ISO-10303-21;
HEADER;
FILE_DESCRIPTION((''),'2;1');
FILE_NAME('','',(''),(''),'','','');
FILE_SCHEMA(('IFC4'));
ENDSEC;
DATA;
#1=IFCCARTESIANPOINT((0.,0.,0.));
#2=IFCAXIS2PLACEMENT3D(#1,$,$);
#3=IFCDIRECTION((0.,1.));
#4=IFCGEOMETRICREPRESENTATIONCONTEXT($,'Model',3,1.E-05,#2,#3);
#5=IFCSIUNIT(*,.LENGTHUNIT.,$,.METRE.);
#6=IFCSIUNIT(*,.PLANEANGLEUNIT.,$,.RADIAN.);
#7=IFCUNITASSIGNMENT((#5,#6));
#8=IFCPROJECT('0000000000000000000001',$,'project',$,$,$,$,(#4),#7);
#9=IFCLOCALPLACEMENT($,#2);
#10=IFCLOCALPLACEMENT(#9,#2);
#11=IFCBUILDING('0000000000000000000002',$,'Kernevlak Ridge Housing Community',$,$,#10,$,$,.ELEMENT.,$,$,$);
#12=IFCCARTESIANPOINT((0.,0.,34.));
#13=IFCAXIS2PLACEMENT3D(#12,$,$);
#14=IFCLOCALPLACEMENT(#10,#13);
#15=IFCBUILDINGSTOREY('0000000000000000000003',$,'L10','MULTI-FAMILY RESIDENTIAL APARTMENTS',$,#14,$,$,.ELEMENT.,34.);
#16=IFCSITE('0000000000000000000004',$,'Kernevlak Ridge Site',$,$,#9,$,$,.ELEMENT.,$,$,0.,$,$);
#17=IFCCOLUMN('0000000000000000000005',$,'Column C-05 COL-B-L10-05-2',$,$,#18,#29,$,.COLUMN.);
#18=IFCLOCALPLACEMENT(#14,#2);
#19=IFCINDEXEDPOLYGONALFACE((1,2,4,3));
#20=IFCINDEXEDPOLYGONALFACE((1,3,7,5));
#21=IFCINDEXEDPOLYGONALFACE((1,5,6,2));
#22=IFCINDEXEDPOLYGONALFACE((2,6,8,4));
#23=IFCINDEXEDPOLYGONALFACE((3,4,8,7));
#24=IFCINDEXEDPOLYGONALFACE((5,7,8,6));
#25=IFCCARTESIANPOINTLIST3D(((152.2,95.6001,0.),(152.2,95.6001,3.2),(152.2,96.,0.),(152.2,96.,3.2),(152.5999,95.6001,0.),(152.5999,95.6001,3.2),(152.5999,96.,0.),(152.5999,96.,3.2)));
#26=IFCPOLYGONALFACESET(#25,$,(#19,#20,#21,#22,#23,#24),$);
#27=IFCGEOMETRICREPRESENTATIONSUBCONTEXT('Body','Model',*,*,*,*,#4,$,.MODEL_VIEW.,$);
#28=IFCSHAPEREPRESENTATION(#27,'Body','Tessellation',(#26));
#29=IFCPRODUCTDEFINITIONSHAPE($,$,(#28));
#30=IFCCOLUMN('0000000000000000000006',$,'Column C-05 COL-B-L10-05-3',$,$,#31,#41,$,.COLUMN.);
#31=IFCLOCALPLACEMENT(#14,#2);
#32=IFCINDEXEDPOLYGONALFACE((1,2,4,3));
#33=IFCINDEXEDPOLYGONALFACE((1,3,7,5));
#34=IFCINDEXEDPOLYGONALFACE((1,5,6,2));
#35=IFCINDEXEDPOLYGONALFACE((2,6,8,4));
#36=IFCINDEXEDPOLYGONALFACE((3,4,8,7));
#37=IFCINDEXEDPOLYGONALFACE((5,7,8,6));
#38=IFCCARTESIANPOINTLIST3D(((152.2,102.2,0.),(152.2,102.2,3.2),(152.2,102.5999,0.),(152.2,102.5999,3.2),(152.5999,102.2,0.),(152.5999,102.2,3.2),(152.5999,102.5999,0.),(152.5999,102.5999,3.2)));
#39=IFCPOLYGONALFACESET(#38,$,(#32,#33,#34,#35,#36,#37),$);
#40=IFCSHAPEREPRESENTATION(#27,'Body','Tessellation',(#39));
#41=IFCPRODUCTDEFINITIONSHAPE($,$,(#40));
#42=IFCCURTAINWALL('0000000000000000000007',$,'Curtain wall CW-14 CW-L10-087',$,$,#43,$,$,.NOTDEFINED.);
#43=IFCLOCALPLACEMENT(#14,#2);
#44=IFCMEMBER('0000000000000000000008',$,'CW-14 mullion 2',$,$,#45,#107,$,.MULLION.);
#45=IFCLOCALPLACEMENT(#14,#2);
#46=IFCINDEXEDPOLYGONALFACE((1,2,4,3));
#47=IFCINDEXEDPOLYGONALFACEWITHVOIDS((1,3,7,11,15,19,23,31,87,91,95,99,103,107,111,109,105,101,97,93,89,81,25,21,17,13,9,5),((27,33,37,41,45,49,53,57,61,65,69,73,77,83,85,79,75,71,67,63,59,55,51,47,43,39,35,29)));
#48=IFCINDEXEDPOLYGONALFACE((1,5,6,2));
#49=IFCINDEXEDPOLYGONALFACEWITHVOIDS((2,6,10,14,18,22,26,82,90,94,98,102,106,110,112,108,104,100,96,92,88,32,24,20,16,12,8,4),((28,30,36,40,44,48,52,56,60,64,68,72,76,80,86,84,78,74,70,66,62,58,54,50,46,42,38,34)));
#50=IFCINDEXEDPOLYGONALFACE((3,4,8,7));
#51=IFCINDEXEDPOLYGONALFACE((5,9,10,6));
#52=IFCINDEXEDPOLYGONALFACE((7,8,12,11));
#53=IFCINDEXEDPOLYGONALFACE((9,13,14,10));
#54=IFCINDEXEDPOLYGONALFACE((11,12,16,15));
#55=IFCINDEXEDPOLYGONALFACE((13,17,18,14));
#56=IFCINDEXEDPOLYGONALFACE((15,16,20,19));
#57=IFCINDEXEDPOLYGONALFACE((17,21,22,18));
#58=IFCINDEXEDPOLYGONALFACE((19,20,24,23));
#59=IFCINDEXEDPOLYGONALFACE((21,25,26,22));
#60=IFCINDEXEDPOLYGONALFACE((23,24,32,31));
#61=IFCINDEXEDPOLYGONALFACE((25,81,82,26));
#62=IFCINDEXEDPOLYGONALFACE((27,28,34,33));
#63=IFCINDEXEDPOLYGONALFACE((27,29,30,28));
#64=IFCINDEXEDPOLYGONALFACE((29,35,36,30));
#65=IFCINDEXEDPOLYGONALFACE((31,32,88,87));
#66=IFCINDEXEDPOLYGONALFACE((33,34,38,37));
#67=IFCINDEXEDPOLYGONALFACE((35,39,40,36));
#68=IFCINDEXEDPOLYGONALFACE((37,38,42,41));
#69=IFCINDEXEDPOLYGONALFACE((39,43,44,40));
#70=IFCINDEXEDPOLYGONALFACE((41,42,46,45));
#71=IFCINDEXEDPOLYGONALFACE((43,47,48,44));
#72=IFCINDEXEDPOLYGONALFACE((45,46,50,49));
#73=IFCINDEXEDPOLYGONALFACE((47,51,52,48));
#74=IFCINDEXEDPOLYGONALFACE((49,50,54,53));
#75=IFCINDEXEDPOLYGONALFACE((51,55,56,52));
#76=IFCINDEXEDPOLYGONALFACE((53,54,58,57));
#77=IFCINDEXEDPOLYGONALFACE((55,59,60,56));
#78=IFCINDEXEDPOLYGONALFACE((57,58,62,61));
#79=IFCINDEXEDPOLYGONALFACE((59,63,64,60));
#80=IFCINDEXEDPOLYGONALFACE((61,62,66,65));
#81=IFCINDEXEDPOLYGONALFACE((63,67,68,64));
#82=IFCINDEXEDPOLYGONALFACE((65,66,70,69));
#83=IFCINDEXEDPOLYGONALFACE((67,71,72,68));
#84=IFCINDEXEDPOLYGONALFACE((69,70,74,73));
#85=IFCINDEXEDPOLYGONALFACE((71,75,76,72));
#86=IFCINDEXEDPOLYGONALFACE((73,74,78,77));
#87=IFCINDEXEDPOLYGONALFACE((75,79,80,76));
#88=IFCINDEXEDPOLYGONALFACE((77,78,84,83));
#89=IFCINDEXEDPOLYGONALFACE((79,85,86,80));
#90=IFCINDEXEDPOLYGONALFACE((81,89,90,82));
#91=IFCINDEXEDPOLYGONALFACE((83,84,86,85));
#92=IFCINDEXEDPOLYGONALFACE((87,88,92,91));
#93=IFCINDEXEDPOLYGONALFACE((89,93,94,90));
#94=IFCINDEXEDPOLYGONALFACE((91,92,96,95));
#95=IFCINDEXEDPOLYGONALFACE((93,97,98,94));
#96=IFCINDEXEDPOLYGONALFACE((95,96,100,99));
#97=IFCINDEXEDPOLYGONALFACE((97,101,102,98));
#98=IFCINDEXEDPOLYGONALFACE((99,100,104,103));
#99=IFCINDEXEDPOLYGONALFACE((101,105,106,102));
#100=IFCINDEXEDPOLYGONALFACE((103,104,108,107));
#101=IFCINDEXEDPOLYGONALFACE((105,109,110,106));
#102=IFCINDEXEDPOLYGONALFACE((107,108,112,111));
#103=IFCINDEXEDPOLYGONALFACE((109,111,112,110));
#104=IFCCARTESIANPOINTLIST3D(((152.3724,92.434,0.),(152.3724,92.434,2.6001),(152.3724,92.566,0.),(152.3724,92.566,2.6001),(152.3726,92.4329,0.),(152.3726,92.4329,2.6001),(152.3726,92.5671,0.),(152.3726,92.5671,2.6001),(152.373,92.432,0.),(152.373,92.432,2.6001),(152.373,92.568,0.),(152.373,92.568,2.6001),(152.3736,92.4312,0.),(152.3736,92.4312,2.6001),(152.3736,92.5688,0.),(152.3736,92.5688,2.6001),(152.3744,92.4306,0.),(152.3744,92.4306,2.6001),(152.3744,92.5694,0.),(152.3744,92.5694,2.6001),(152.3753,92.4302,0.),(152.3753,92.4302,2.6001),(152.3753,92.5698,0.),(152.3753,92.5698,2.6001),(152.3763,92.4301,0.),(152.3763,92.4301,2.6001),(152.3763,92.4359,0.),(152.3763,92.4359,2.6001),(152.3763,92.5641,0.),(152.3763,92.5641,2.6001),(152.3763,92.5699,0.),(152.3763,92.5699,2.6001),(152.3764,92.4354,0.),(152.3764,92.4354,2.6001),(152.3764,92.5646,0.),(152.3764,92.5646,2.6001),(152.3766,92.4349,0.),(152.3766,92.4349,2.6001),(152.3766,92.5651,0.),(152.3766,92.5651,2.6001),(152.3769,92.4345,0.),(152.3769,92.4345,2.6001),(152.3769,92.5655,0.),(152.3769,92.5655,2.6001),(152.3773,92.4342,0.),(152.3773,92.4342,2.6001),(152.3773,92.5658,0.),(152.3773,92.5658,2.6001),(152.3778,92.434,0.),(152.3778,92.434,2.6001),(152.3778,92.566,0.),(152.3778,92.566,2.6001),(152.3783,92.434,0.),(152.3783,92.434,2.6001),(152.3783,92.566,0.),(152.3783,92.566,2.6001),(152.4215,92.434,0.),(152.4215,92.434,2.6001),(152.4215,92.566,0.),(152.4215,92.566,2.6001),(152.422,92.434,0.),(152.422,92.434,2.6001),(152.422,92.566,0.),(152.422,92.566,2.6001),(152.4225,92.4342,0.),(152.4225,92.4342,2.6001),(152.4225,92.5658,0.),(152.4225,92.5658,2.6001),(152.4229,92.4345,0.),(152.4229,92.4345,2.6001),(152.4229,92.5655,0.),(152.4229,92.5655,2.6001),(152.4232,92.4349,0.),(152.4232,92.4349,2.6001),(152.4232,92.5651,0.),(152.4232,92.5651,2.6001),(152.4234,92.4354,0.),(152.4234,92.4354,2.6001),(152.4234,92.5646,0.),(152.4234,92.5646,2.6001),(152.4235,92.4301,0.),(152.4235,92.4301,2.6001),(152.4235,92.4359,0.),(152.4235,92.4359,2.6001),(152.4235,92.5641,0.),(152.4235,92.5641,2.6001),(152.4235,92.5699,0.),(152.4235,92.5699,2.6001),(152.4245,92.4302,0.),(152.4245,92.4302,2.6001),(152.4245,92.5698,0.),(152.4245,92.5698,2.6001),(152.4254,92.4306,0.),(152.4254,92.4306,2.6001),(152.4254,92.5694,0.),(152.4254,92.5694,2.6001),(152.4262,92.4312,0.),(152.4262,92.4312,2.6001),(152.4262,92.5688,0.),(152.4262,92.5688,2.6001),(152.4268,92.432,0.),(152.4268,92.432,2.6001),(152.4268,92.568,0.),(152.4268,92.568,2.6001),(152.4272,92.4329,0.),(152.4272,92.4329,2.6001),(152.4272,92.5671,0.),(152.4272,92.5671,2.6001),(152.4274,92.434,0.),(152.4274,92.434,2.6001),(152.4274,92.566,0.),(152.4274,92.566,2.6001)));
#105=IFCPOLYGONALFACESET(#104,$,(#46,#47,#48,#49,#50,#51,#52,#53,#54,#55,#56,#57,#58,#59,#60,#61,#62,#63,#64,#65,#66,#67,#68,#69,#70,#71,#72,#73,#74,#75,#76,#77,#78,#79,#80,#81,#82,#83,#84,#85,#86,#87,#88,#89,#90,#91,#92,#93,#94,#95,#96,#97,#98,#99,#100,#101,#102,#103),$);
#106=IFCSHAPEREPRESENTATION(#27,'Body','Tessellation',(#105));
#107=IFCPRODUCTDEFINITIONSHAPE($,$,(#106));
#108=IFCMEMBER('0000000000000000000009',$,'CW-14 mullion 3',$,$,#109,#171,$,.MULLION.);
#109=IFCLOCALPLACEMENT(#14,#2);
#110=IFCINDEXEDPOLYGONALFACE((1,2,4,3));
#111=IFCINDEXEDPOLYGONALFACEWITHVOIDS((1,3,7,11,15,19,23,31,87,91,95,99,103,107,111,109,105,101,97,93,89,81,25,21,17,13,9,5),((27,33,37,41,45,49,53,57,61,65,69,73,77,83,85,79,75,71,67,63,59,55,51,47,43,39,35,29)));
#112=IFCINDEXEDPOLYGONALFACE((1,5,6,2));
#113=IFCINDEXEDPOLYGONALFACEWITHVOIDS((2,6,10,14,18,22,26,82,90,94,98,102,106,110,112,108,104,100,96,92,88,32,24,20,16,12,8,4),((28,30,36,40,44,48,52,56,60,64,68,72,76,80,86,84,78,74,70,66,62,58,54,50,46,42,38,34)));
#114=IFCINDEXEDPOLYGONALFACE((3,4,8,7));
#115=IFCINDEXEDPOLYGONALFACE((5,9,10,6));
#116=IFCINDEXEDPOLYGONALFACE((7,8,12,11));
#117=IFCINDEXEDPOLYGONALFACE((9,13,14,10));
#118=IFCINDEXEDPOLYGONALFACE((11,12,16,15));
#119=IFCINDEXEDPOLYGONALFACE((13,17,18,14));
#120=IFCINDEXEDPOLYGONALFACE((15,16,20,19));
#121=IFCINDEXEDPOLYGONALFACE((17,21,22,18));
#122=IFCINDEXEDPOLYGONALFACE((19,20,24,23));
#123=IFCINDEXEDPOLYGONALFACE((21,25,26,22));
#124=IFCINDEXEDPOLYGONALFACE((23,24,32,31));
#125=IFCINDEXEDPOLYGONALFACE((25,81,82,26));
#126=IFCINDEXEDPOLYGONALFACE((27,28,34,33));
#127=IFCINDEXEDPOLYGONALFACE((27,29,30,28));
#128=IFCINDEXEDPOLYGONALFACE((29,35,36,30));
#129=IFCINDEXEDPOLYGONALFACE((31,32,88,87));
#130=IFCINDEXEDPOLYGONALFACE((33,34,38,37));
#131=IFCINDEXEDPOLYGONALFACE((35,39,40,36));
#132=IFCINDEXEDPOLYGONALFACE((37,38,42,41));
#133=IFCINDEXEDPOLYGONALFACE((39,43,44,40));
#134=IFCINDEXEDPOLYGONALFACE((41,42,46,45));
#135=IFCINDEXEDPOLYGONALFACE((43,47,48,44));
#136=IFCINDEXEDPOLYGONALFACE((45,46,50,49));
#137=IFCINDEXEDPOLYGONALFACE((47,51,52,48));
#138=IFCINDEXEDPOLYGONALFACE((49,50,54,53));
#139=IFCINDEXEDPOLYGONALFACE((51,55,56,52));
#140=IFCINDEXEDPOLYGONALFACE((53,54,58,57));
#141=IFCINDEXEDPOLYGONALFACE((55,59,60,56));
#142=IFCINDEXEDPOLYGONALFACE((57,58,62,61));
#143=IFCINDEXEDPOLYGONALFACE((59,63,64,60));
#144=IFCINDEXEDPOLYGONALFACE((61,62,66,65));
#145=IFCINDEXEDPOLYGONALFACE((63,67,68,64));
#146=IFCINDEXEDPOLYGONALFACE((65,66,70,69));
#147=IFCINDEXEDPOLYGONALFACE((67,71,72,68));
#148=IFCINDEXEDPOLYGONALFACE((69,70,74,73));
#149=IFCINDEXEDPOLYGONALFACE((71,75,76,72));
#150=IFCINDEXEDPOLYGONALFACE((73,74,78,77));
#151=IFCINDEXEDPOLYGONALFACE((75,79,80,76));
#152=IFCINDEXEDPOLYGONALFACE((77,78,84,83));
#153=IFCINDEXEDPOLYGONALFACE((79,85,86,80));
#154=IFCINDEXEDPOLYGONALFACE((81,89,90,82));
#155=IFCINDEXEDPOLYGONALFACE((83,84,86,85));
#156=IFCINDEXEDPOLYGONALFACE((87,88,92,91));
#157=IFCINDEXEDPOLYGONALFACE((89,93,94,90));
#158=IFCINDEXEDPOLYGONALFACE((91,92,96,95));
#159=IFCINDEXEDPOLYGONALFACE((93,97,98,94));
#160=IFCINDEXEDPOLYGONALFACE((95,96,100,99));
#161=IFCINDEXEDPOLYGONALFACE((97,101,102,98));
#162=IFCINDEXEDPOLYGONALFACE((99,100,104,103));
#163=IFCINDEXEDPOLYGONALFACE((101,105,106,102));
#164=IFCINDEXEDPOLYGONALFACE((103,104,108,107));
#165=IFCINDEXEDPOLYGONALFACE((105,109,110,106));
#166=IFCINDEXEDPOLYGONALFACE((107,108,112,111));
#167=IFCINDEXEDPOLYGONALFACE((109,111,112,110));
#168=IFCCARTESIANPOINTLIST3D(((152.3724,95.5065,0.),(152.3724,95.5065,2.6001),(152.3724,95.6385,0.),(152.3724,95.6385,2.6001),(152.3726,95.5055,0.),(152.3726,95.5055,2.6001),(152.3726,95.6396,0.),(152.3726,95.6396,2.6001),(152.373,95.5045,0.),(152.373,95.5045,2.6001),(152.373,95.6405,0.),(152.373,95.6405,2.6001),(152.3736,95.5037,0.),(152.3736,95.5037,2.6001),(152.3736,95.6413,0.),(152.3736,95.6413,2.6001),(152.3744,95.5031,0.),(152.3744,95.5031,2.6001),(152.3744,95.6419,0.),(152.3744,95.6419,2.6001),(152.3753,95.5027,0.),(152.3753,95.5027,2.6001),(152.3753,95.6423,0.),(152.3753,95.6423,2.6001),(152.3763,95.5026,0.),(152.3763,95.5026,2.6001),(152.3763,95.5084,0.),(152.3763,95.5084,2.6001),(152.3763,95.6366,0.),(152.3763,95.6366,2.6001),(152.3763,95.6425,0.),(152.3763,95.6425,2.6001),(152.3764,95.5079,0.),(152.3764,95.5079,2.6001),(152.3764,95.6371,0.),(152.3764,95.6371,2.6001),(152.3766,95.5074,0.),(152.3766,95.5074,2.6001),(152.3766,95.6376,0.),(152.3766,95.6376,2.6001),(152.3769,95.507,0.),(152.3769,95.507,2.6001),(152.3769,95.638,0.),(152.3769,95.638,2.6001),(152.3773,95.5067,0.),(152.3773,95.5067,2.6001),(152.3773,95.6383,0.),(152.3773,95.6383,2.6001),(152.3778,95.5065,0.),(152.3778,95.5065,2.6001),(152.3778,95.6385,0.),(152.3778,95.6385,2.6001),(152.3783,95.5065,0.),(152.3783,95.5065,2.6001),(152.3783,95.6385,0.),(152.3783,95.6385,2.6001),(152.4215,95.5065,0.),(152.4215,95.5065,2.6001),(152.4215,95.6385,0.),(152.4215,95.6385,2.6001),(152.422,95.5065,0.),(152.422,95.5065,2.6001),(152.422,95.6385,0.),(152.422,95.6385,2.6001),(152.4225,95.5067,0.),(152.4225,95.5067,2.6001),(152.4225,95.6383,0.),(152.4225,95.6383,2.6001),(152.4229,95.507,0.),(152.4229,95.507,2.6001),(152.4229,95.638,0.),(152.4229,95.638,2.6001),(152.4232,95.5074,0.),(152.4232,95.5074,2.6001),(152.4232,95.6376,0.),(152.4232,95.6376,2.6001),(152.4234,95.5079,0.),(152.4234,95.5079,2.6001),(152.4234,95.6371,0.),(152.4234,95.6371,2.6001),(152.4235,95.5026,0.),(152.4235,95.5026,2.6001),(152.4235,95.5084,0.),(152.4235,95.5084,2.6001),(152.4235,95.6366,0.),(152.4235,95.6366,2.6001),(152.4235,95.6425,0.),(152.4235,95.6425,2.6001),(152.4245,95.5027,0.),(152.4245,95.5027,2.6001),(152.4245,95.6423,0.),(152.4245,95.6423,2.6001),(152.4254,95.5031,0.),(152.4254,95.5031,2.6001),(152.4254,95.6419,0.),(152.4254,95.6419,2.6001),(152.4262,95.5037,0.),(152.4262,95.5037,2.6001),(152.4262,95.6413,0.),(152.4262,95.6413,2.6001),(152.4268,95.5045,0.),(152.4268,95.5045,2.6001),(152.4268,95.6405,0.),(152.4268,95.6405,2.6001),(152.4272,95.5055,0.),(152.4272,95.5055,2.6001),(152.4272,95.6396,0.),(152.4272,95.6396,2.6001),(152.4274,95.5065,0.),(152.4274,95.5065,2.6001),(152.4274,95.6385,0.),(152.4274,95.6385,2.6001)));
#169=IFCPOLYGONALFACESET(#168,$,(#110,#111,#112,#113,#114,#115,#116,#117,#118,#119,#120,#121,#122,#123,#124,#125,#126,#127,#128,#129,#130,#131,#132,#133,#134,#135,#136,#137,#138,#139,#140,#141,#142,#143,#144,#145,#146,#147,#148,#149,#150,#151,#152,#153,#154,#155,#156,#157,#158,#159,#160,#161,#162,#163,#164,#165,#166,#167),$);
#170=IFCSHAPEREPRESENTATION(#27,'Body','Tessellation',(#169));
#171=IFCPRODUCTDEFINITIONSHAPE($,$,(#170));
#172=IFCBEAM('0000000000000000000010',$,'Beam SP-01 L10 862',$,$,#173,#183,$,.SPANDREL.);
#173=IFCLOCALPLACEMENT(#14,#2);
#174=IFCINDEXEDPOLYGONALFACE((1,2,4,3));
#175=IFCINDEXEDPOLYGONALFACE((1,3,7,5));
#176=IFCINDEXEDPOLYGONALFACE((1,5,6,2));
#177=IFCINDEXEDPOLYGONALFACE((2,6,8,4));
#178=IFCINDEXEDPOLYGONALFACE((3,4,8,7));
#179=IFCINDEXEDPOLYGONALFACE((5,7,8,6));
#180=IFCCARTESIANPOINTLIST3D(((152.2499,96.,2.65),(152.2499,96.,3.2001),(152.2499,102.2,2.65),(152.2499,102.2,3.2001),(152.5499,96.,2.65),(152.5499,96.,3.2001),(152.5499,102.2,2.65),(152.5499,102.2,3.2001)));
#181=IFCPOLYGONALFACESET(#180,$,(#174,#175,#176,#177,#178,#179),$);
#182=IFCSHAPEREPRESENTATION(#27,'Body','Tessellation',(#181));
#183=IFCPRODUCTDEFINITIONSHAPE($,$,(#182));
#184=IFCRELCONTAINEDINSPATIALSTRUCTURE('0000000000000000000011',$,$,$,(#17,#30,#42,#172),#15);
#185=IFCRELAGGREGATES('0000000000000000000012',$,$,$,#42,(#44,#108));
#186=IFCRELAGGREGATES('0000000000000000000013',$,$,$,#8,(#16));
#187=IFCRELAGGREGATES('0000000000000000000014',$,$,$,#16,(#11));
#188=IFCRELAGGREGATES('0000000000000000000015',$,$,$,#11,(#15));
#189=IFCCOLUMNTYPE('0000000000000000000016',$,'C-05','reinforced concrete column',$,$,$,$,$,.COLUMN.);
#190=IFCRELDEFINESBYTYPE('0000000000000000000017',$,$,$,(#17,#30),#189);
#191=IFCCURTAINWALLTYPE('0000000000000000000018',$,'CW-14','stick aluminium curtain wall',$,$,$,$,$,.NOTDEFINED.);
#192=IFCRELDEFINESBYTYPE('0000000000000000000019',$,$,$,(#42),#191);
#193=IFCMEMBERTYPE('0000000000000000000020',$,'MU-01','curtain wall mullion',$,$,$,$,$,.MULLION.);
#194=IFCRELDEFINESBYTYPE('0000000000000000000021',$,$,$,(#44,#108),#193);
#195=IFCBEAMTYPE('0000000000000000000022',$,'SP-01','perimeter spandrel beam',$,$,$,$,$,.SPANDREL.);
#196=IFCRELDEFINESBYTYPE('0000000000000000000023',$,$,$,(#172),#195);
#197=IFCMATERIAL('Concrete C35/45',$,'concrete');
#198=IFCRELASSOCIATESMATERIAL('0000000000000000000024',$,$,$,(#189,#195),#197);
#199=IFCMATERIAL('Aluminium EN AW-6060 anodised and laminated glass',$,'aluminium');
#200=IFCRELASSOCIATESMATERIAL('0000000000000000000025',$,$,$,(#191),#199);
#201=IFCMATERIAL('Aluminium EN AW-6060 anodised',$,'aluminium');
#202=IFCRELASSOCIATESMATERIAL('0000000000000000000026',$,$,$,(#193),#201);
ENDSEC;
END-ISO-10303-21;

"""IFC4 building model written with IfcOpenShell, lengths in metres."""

from ifc_helpers import new_model, si_unit, direction, frame, origin, origin_2d, place, context, subcontext, project, spatial, rectangle, hollow_rectangle, extrude, material, material_profile, profile_set, type_object, element, aggregate, save


model = new_model("IFC4")

# Units and contexts
model_context = context("Model", 3, precision=1e-05, world=origin(), true_north=direction((0.0, 1.0)))
body_context = subcontext(model_context, "Body", "Model", "MODEL_VIEW")
ifc_project = project(units=[si_unit("LENGTHUNIT", "METRE"), si_unit("PLANEANGLEUNIT", "RADIAN")], contexts=[model_context])

# Site, building, storey
site_placement = place(None, origin())
site = spatial("IfcSite", under=ifc_project, at=site_placement, Name="Kernevlak Ridge Site", CompositionType="ELEMENT", RefElevation=0.0)
building_placement = place(site_placement, origin())
building = spatial("IfcBuilding", under=site, at=building_placement, Name="Kernevlak Ridge Housing Community", CompositionType="ELEMENT")
storey_placement = place(building_placement, frame((0.0, 0.0, 34.0)))
storey = spatial("IfcBuildingStorey", under=building, at=storey_placement, Name="L10", Description="MULTI-FAMILY RESIDENTIAL APARTMENTS", CompositionType="ELEMENT", Elevation=34.0)

# Columns
ifc_material_1 = material(Name="Concrete C35/45", Category="concrete")
ifc_material_profile_1 = material_profile(ifc_material_1, rectangle(XDim=0.3999, YDim=0.3999, at=origin_2d()), Name="RC 400x400")
ifc_profile_set_1 = profile_set([ifc_material_profile_1], Name="Concrete C35/45")
column_type = type_object("IfcColumnType", Name="C-05", Description="reinforced concrete column", PredefinedType="COLUMN", material=ifc_profile_set_1)
for number, where, z_axis, x_axis, name in (
    (1, (152.3999, 95.8, 0.0), (0.0, 0.0, 1.0), (1.0, 0.0, 0.0), "Column C-05 COL-B-L10-05-2"),
    (2, (152.3999, 102.3999, 0.0), (0.0, 0.0, 1.0), (1.0, 0.0, 0.0), "Column C-05 COL-B-L10-05-3"),
):
    element("IfcColumn", number, at=place(storey_placement, frame(where, z_axis=z_axis, x_axis=x_axis)), inside=storey, type_object=column_type, Name=name, PredefinedType="COLUMN", context=body_context, shape_type="SweptSolid", body=[
        extrude(rectangle(XDim=0.3999, YDim=0.3999, at=origin_2d()), origin(), (0.0, 0.0, 1.0), 3.2),
    ])

# Curtain wall, members
ifc_material_2 = material(Name="Aluminium EN AW-6060 anodised and laminated glass", Category="aluminium")
curtain_wall_type = type_object("IfcCurtainWallType", Name="CW-14", Description="stick aluminium curtain wall", PredefinedType="NOTDEFINED", material=ifc_material_2)
curtain_wall_placement = place(storey_placement, origin())
curtain_wall = element("IfcCurtainWall", 3, at=curtain_wall_placement, inside=storey, type_object=curtain_wall_type, Name="Curtain wall CW-14 CW-L10-087", PredefinedType="NOTDEFINED")
ifc_material_3 = material(Name="Aluminium EN AW-6060 anodised", Category="aluminium")
ifc_material_profile_2 = material_profile(ifc_material_3, hollow_rectangle(XDim=0.0549, YDim=0.1399, WallThickness=0.0039, InnerFilletRadius=0.002, OuterFilletRadius=0.0039, at=origin_2d()), Name="ALU 55x140x4")
ifc_profile_set_2 = profile_set([ifc_material_profile_2], Name="Aluminium EN AW-6060 anodised")
member_type_1 = type_object("IfcMemberType", Name="MU-01", Description="curtain wall mullion", PredefinedType="MULLION", material=ifc_profile_set_2)
member_1_placement = place(storey_placement, frame((152.3999, 92.5, 0.0), z_axis=(0.0, 0.0, 1.0), x_axis=(-1.0, 0.0, 0.0)))
member_1 = element("IfcMember", 4, at=member_1_placement, type_object=member_type_1, Name="CW-14 mullion 2", PredefinedType="MULLION", context=body_context, shape_type="SweptSolid", body=[
    extrude(hollow_rectangle(XDim=0.0549, YDim=0.1399, WallThickness=0.0039, InnerFilletRadius=0.002, OuterFilletRadius=0.0039, at=origin_2d()), origin(), (0.0, 0.0, 1.0), 2.6001),
])
member_2_placement = place(storey_placement, frame((152.3999, 95.5725, 0.0), z_axis=(0.0, 0.0, 1.0), x_axis=(-1.0, 0.0, 0.0)))
member_2 = element("IfcMember", 5, at=member_2_placement, type_object=member_type_1, Name="CW-14 mullion 3", PredefinedType="MULLION", context=body_context, shape_type="SweptSolid", body=[
    extrude(hollow_rectangle(XDim=0.0549, YDim=0.1399, WallThickness=0.0039, InnerFilletRadius=0.002, OuterFilletRadius=0.0039, at=origin_2d()), origin(), (0.0, 0.0, 1.0), 2.6001),
])

# Beam
ifc_material_profile_3 = material_profile(ifc_material_1, rectangle(XDim=0.3, YDim=0.55, at=origin_2d()), Name="RC 300x550")
ifc_profile_set_3 = profile_set([ifc_material_profile_3], Name="Concrete C35/45")
beam_type = type_object("IfcBeamType", Name="SP-01", Description="perimeter spandrel beam", PredefinedType="SPANDREL", material=ifc_profile_set_3)
beam_placement = place(storey_placement, frame((152.3999, 96.0, 2.925), z_axis=(0.0, 1.0, 0.0), x_axis=(-1.0, 0.0, 0.0)))
element("IfcBeam", 6, at=beam_placement, inside=storey, type_object=beam_type, Name="Beam SP-01 L10 862", PredefinedType="SPANDREL", context=body_context, shape_type="SweptSolid", body=[
    extrude(rectangle(XDim=0.3, YDim=0.55, at=origin_2d()), origin(), (0.0, 0.0, 1.0), 6.2),
])

aggregate(curtain_wall, [member_1, member_2])

save(model, "model.ifc")
